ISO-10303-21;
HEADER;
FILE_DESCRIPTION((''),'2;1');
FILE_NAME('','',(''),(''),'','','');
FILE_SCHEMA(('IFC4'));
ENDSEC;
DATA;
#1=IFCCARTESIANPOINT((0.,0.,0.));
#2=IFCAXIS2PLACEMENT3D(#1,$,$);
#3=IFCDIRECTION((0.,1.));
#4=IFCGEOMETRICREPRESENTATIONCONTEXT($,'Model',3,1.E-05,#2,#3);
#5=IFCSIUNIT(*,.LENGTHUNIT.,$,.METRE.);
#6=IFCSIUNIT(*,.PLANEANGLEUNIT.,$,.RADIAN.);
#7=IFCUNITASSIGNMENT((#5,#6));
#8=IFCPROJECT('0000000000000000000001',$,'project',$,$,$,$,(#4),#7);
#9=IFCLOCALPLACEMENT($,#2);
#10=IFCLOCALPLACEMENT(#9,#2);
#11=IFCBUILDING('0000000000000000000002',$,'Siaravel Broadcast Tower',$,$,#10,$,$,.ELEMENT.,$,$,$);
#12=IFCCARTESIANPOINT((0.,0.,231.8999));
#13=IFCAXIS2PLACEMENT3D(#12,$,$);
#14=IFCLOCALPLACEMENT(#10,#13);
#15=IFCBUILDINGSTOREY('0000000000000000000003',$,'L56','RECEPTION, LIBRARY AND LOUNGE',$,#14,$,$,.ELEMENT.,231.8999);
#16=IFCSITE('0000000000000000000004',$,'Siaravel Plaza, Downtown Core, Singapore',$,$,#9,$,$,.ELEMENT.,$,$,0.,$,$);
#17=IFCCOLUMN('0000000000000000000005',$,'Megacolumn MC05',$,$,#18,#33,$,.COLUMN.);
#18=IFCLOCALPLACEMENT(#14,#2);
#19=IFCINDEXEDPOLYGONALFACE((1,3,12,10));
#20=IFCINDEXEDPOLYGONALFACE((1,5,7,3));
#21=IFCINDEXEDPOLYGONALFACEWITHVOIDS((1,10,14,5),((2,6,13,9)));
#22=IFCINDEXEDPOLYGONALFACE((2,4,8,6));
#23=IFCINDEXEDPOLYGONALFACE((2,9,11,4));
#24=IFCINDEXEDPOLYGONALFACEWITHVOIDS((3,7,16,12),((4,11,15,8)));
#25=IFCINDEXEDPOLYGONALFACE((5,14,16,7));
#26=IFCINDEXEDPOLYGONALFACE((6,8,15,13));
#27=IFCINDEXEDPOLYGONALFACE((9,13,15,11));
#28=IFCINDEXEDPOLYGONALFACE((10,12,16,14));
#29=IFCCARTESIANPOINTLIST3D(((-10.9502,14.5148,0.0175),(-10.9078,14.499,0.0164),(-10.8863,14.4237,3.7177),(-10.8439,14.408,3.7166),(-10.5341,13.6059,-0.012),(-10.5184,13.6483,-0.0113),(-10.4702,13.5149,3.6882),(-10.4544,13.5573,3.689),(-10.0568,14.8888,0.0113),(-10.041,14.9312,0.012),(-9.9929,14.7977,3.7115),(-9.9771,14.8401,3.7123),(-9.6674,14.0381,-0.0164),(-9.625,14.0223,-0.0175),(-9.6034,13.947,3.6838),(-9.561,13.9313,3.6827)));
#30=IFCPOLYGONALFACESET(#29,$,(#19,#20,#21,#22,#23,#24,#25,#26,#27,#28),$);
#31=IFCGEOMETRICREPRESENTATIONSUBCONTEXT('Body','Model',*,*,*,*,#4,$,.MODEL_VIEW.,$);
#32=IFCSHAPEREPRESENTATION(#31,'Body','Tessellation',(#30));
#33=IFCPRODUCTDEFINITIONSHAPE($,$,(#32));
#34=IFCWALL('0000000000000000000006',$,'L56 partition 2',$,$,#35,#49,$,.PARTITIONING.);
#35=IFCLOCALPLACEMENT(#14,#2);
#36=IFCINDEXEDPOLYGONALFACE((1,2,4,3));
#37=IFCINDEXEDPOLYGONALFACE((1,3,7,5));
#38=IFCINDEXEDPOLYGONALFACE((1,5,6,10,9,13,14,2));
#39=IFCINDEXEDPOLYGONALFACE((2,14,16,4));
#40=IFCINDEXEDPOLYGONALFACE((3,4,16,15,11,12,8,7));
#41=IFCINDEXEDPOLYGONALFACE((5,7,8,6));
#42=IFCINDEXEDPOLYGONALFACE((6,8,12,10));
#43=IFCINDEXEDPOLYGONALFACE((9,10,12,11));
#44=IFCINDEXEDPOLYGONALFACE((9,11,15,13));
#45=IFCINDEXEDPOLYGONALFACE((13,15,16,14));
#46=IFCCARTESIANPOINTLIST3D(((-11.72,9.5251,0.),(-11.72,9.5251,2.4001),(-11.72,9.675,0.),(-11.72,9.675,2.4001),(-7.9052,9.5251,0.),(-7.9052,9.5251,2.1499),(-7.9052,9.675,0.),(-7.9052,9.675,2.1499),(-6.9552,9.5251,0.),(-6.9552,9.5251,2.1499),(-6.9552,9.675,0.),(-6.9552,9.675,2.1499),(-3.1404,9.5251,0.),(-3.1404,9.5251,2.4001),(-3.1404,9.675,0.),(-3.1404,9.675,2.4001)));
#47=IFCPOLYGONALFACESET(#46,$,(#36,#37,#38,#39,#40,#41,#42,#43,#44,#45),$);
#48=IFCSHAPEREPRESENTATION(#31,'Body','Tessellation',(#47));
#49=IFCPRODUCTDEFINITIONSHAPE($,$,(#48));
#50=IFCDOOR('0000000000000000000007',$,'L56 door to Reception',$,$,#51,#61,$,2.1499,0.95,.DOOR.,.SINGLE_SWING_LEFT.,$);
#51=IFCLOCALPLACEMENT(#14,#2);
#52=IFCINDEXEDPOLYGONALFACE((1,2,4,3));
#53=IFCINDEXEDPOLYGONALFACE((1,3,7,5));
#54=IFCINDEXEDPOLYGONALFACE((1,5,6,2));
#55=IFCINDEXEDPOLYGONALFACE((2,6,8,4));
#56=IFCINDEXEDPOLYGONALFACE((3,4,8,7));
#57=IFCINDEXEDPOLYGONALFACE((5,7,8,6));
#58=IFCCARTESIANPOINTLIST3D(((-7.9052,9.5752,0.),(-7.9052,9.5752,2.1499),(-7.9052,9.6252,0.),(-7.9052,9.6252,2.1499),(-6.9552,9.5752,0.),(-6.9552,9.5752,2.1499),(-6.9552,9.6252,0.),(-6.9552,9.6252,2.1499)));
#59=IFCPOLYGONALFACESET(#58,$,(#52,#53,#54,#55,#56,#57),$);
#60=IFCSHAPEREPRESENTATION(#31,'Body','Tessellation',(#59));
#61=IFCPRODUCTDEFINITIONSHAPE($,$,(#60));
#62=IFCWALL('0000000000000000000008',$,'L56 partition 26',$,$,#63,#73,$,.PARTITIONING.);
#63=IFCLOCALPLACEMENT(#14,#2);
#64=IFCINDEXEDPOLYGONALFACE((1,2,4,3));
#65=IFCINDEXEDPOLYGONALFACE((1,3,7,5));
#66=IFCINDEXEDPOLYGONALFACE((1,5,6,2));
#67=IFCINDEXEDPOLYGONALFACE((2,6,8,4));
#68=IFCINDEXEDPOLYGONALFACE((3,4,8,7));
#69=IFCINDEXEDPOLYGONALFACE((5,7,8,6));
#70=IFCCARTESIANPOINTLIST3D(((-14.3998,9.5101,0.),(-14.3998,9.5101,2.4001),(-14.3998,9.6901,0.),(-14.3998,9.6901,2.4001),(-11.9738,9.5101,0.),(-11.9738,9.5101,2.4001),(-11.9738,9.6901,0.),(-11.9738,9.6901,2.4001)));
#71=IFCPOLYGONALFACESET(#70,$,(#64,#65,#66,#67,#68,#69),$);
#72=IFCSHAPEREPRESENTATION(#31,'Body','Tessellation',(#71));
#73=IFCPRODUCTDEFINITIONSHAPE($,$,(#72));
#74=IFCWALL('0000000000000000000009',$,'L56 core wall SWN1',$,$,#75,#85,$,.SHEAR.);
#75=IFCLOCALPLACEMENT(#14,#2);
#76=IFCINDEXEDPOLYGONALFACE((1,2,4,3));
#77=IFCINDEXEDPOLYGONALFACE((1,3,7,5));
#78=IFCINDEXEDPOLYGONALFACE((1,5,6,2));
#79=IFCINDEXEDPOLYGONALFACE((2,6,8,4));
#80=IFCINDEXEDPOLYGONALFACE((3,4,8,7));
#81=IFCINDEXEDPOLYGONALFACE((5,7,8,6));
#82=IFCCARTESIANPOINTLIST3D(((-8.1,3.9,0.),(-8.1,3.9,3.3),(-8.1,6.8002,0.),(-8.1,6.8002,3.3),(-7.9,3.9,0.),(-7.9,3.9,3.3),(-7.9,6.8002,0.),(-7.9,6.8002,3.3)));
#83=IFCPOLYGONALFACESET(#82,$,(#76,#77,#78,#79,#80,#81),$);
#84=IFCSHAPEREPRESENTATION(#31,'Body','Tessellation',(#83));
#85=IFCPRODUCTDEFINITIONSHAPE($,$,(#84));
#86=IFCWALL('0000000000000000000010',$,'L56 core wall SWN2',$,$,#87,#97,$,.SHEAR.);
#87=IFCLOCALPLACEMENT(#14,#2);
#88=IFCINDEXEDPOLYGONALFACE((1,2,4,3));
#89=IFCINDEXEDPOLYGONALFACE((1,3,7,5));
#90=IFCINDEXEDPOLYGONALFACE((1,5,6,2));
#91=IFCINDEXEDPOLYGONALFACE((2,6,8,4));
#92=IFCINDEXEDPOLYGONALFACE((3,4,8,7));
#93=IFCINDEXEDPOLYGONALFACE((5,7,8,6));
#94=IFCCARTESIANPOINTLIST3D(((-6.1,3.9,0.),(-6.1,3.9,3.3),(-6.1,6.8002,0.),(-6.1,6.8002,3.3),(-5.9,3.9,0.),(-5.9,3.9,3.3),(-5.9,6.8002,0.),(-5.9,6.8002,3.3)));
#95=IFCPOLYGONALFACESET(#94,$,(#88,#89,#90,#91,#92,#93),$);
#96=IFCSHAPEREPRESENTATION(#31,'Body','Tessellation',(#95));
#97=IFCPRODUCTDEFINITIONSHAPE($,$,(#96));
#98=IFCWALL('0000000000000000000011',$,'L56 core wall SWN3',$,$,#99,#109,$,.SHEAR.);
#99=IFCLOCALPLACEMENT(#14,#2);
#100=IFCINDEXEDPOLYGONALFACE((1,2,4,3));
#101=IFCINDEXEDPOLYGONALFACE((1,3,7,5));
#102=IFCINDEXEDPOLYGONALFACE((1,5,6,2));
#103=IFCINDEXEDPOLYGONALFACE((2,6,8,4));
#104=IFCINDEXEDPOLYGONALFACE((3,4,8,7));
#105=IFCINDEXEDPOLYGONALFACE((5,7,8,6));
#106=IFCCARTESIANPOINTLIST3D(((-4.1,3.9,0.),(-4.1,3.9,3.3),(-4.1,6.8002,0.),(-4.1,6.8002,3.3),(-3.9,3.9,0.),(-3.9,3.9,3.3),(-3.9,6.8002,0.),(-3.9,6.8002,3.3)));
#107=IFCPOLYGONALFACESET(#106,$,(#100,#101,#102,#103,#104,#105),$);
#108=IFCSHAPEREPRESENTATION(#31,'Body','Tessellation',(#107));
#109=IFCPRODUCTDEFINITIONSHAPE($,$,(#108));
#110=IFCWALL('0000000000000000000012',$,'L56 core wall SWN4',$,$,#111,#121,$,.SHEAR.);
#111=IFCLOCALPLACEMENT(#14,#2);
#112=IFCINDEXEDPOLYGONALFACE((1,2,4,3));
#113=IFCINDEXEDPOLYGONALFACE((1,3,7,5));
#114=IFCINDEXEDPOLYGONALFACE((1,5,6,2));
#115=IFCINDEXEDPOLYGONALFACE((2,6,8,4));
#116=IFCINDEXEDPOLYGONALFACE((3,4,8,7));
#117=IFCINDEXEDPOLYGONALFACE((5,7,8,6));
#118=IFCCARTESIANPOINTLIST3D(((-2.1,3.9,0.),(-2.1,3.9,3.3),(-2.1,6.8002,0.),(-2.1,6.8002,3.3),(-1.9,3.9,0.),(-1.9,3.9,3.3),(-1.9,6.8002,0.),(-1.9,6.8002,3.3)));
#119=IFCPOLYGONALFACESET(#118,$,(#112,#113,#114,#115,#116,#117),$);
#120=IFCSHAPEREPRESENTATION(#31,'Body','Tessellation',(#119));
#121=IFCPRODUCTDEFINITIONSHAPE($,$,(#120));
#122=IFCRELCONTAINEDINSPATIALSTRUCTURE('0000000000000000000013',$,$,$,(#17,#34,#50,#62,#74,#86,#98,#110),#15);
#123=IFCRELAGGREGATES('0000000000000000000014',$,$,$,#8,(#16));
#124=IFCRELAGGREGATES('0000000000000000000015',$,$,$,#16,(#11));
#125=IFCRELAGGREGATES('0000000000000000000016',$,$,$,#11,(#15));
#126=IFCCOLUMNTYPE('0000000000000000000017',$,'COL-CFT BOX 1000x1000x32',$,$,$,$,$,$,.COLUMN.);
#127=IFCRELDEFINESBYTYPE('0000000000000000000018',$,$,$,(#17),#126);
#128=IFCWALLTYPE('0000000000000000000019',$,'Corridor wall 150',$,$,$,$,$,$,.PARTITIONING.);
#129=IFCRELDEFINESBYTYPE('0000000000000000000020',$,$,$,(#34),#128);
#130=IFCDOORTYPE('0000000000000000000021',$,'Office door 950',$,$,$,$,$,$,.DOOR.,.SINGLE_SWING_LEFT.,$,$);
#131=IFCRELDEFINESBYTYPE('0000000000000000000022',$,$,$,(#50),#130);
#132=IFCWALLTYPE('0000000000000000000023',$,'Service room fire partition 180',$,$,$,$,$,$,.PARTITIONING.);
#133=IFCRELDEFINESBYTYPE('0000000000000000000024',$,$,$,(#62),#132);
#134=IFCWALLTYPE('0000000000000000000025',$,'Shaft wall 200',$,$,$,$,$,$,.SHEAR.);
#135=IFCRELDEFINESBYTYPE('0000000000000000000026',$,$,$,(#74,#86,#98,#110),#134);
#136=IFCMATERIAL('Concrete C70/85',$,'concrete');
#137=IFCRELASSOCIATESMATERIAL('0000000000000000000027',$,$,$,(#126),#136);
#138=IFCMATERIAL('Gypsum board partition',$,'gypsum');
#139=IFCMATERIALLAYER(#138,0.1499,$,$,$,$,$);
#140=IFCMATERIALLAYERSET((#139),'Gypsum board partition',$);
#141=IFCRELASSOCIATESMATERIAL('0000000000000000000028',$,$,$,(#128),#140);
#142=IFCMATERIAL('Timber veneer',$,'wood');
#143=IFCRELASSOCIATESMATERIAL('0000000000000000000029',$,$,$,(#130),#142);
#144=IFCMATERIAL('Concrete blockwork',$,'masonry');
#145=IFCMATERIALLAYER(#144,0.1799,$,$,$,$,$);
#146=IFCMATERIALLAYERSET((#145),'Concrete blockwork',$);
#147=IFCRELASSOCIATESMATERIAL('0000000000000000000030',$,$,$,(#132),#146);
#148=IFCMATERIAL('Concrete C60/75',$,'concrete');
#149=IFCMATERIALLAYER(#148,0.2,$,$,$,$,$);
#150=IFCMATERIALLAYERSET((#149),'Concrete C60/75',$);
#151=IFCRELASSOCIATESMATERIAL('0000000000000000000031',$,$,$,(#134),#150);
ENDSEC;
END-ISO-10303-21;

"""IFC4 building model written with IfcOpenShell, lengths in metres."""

from ifc_helpers import new_model, si_unit, direction, frame, frame_2d, origin, origin_2d, place, context, subcontext, project, spatial, rectangle, hollow_rectangle, extrude, material, layer, layer_set, material_profile, profile_set, type_object, element, fill, save


model = new_model("IFC4")

# Units and contexts
model_context = context("Model", 3, precision=1e-05, world=origin(), true_north=direction((0.0, 1.0)))
body_context = subcontext(model_context, "Body", "Model", "MODEL_VIEW")
ifc_project = project(units=[si_unit("LENGTHUNIT", "METRE"), si_unit("PLANEANGLEUNIT", "RADIAN")], contexts=[model_context])

# Site, building, storey
site_placement = place(None, origin())
site = spatial("IfcSite", under=ifc_project, at=site_placement, Name="Siaravel Plaza, Downtown Core, Singapore", CompositionType="ELEMENT", RefElevation=0.0)
building_placement = place(site_placement, origin())
building = spatial("IfcBuilding", under=site, at=building_placement, Name="Siaravel Broadcast Tower", CompositionType="ELEMENT")
storey_placement = place(building_placement, frame((0.0, 0.0, 231.8999)))
storey = spatial("IfcBuildingStorey", under=building, at=storey_placement, Name="L56", Description="RECEPTION, LIBRARY AND LOUNGE", CompositionType="ELEMENT", Elevation=231.8999)

# Column
ifc_material_1 = material(Name="Concrete C70/85", Category="concrete")
ifc_material_profile = material_profile(ifc_material_1, hollow_rectangle(XDim=1.0, YDim=1.0, WallThickness=0.032, at=origin_2d()))
ifc_profile_set = profile_set([ifc_material_profile], Name="Concrete C70/85")
column_type = type_object("IfcColumnType", Name="COL-CFT BOX 1000x1000x32", PredefinedType="COLUMN", material=ifc_profile_set)
column_placement = place(storey_placement, frame((-10.2876, 14.2686, 0.0), z_axis=(0.017279, -0.0246, 0.999548), x_axis=(0.909169, 0.416391, -0.005469)))
element("IfcColumn", 1, at=column_placement, inside=storey, type_object=column_type, Name="Megacolumn MC05", PredefinedType="COLUMN", context=body_context, shape_type="SweptSolid", body=[
    extrude(hollow_rectangle(XDim=1.0, YDim=1.0, WallThickness=0.032, at=origin_2d()), origin(), (0.0, 0.0, 1.0), 3.7019),
])

# Shared definitions
ifc_material_2 = material(Name="Concrete C60/75", Category="concrete")
ifc_material_3 = material(Name="Timber veneer", Category="wood")

# Wall, opening, door
ifc_material_4 = material(Name="Gypsum board partition", Category="gypsum")
ifc_layer_1 = layer(ifc_material_4, 0.1499)
ifc_layer_set_1 = layer_set([ifc_layer_1], Name="Gypsum board partition")
wall_type_1 = type_object("IfcWallType", Name="Corridor wall 150", PredefinedType="PARTITIONING", material=ifc_layer_set_1)
wall_1_placement = place(storey_placement, frame((-3.1404, 9.6001, 0.0), z_axis=(0.0, 0.0, 1.0), x_axis=(-1.0, 0.0, 0.0)))
wall_1 = element("IfcWall", 2, at=wall_1_placement, inside=storey, type_object=wall_type_1, Name="L56 partition 2", PredefinedType="PARTITIONING", context=body_context, shape_type="SweptSolid", body=[
    extrude(rectangle(XDim=8.5796, YDim=0.1499, at=frame_2d((4.2898, 0.0))), origin(), (0.0, 0.0, 1.0), 2.4001),
])
opening_1_placement = place(wall_1_placement, frame((3.8147, 0.0, 0.0)))
opening_1 = element("IfcOpeningElement", 3, at=opening_1_placement, cuts=wall_1, PredefinedType="OPENING", context=body_context, shape_type="SweptSolid", body=[
    extrude(rectangle(XDim=0.95, YDim=2.1499, at=frame_2d((0.4751, 1.075))), frame((0.0, 0.085, 0.0), z_axis=(0.0, -1.0, 0.0), x_axis=(1.0, 0.0, 0.0)), (0.0, 0.0, 1.0), 0.1699),
])
door_type_1 = type_object("IfcDoorType", Name="Office door 950", OperationType="SINGLE_SWING_LEFT", PredefinedType="DOOR", material=ifc_material_3)
door_1_placement = place(opening_1_placement, origin())
door_1 = element("IfcDoor", 4, at=door_1_placement, inside=storey, type_object=door_type_1, Name="L56 door to Reception", OperationType="SINGLE_SWING_LEFT", OverallHeight=2.1499, OverallWidth=0.95, PredefinedType="DOOR", context=body_context, shape_type="SweptSolid", body=[
    extrude(rectangle(XDim=0.95, YDim=2.1499, at=frame_2d((0.4751, 1.075))), frame((0.0, 0.0249, 0.0), z_axis=(0.0, -1.0, 0.0), x_axis=(1.0, 0.0, 0.0)), (0.0, 0.0, 1.0), 0.05),
])
fill(opening_1, door_1)

# Walls
ifc_material_5 = material(Name="Concrete blockwork", Category="masonry")
ifc_layer_2 = layer(ifc_material_5, 0.1799)
ifc_layer_set_2 = layer_set([ifc_layer_2], Name="Concrete blockwork")
wall_type_2 = type_object("IfcWallType", Name="Service room fire partition 180", PredefinedType="PARTITIONING", material=ifc_layer_set_2)
wall_2_placement = place(storey_placement, frame((-11.9739, 9.6001, 0.0), z_axis=(0.0, 0.0, 1.0), x_axis=(-1.0, 0.0, 0.0)))
element("IfcWall", 5, at=wall_2_placement, inside=storey, type_object=wall_type_2, Name="L56 partition 26", PredefinedType="PARTITIONING", context=body_context, shape_type="SweptSolid", body=[
    extrude(rectangle(XDim=2.426, YDim=0.1799, at=frame_2d((1.2129, 0.0))), origin(), (0.0, 0.0, 1.0), 2.4001),
])
ifc_layer_3 = layer(ifc_material_2, 0.2)
ifc_layer_set_3 = layer_set([ifc_layer_3], Name="Concrete C60/75")
wall_type_3 = type_object("IfcWallType", Name="Shaft wall 200", PredefinedType="SHEAR", material=ifc_layer_set_3)
for number, where, z_axis, x_axis, name in (
    (6, (-8.0, 3.8999, 0.0), (0.0, 0.0, 1.0), (0.0, 1.0, 0.0), "L56 core wall SWN1"),
    (7, (-6.0, 3.8999, 0.0), (0.0, 0.0, 1.0), (0.0, 1.0, 0.0), "L56 core wall SWN2"),
    (8, (-4.0, 3.8999, 0.0), (0.0, 0.0, 1.0), (0.0, 1.0, 0.0), "L56 core wall SWN3"),
    (9, (-2.0, 3.8999, 0.0), (0.0, 0.0, 1.0), (0.0, 1.0, 0.0), "L56 core wall SWN4"),
):
    element("IfcWall", number, at=place(storey_placement, frame(where, z_axis=z_axis, x_axis=x_axis)), inside=storey, type_object=wall_type_3, Name=name, PredefinedType="SHEAR", context=body_context, shape_type="SweptSolid", body=[
        extrude(rectangle(XDim=2.9001, YDim=0.2, at=frame_2d((1.4502, 0.0))), origin(), (0.0, 0.0, 1.0), 3.3),
    ])

save(model, "model.ifc")
